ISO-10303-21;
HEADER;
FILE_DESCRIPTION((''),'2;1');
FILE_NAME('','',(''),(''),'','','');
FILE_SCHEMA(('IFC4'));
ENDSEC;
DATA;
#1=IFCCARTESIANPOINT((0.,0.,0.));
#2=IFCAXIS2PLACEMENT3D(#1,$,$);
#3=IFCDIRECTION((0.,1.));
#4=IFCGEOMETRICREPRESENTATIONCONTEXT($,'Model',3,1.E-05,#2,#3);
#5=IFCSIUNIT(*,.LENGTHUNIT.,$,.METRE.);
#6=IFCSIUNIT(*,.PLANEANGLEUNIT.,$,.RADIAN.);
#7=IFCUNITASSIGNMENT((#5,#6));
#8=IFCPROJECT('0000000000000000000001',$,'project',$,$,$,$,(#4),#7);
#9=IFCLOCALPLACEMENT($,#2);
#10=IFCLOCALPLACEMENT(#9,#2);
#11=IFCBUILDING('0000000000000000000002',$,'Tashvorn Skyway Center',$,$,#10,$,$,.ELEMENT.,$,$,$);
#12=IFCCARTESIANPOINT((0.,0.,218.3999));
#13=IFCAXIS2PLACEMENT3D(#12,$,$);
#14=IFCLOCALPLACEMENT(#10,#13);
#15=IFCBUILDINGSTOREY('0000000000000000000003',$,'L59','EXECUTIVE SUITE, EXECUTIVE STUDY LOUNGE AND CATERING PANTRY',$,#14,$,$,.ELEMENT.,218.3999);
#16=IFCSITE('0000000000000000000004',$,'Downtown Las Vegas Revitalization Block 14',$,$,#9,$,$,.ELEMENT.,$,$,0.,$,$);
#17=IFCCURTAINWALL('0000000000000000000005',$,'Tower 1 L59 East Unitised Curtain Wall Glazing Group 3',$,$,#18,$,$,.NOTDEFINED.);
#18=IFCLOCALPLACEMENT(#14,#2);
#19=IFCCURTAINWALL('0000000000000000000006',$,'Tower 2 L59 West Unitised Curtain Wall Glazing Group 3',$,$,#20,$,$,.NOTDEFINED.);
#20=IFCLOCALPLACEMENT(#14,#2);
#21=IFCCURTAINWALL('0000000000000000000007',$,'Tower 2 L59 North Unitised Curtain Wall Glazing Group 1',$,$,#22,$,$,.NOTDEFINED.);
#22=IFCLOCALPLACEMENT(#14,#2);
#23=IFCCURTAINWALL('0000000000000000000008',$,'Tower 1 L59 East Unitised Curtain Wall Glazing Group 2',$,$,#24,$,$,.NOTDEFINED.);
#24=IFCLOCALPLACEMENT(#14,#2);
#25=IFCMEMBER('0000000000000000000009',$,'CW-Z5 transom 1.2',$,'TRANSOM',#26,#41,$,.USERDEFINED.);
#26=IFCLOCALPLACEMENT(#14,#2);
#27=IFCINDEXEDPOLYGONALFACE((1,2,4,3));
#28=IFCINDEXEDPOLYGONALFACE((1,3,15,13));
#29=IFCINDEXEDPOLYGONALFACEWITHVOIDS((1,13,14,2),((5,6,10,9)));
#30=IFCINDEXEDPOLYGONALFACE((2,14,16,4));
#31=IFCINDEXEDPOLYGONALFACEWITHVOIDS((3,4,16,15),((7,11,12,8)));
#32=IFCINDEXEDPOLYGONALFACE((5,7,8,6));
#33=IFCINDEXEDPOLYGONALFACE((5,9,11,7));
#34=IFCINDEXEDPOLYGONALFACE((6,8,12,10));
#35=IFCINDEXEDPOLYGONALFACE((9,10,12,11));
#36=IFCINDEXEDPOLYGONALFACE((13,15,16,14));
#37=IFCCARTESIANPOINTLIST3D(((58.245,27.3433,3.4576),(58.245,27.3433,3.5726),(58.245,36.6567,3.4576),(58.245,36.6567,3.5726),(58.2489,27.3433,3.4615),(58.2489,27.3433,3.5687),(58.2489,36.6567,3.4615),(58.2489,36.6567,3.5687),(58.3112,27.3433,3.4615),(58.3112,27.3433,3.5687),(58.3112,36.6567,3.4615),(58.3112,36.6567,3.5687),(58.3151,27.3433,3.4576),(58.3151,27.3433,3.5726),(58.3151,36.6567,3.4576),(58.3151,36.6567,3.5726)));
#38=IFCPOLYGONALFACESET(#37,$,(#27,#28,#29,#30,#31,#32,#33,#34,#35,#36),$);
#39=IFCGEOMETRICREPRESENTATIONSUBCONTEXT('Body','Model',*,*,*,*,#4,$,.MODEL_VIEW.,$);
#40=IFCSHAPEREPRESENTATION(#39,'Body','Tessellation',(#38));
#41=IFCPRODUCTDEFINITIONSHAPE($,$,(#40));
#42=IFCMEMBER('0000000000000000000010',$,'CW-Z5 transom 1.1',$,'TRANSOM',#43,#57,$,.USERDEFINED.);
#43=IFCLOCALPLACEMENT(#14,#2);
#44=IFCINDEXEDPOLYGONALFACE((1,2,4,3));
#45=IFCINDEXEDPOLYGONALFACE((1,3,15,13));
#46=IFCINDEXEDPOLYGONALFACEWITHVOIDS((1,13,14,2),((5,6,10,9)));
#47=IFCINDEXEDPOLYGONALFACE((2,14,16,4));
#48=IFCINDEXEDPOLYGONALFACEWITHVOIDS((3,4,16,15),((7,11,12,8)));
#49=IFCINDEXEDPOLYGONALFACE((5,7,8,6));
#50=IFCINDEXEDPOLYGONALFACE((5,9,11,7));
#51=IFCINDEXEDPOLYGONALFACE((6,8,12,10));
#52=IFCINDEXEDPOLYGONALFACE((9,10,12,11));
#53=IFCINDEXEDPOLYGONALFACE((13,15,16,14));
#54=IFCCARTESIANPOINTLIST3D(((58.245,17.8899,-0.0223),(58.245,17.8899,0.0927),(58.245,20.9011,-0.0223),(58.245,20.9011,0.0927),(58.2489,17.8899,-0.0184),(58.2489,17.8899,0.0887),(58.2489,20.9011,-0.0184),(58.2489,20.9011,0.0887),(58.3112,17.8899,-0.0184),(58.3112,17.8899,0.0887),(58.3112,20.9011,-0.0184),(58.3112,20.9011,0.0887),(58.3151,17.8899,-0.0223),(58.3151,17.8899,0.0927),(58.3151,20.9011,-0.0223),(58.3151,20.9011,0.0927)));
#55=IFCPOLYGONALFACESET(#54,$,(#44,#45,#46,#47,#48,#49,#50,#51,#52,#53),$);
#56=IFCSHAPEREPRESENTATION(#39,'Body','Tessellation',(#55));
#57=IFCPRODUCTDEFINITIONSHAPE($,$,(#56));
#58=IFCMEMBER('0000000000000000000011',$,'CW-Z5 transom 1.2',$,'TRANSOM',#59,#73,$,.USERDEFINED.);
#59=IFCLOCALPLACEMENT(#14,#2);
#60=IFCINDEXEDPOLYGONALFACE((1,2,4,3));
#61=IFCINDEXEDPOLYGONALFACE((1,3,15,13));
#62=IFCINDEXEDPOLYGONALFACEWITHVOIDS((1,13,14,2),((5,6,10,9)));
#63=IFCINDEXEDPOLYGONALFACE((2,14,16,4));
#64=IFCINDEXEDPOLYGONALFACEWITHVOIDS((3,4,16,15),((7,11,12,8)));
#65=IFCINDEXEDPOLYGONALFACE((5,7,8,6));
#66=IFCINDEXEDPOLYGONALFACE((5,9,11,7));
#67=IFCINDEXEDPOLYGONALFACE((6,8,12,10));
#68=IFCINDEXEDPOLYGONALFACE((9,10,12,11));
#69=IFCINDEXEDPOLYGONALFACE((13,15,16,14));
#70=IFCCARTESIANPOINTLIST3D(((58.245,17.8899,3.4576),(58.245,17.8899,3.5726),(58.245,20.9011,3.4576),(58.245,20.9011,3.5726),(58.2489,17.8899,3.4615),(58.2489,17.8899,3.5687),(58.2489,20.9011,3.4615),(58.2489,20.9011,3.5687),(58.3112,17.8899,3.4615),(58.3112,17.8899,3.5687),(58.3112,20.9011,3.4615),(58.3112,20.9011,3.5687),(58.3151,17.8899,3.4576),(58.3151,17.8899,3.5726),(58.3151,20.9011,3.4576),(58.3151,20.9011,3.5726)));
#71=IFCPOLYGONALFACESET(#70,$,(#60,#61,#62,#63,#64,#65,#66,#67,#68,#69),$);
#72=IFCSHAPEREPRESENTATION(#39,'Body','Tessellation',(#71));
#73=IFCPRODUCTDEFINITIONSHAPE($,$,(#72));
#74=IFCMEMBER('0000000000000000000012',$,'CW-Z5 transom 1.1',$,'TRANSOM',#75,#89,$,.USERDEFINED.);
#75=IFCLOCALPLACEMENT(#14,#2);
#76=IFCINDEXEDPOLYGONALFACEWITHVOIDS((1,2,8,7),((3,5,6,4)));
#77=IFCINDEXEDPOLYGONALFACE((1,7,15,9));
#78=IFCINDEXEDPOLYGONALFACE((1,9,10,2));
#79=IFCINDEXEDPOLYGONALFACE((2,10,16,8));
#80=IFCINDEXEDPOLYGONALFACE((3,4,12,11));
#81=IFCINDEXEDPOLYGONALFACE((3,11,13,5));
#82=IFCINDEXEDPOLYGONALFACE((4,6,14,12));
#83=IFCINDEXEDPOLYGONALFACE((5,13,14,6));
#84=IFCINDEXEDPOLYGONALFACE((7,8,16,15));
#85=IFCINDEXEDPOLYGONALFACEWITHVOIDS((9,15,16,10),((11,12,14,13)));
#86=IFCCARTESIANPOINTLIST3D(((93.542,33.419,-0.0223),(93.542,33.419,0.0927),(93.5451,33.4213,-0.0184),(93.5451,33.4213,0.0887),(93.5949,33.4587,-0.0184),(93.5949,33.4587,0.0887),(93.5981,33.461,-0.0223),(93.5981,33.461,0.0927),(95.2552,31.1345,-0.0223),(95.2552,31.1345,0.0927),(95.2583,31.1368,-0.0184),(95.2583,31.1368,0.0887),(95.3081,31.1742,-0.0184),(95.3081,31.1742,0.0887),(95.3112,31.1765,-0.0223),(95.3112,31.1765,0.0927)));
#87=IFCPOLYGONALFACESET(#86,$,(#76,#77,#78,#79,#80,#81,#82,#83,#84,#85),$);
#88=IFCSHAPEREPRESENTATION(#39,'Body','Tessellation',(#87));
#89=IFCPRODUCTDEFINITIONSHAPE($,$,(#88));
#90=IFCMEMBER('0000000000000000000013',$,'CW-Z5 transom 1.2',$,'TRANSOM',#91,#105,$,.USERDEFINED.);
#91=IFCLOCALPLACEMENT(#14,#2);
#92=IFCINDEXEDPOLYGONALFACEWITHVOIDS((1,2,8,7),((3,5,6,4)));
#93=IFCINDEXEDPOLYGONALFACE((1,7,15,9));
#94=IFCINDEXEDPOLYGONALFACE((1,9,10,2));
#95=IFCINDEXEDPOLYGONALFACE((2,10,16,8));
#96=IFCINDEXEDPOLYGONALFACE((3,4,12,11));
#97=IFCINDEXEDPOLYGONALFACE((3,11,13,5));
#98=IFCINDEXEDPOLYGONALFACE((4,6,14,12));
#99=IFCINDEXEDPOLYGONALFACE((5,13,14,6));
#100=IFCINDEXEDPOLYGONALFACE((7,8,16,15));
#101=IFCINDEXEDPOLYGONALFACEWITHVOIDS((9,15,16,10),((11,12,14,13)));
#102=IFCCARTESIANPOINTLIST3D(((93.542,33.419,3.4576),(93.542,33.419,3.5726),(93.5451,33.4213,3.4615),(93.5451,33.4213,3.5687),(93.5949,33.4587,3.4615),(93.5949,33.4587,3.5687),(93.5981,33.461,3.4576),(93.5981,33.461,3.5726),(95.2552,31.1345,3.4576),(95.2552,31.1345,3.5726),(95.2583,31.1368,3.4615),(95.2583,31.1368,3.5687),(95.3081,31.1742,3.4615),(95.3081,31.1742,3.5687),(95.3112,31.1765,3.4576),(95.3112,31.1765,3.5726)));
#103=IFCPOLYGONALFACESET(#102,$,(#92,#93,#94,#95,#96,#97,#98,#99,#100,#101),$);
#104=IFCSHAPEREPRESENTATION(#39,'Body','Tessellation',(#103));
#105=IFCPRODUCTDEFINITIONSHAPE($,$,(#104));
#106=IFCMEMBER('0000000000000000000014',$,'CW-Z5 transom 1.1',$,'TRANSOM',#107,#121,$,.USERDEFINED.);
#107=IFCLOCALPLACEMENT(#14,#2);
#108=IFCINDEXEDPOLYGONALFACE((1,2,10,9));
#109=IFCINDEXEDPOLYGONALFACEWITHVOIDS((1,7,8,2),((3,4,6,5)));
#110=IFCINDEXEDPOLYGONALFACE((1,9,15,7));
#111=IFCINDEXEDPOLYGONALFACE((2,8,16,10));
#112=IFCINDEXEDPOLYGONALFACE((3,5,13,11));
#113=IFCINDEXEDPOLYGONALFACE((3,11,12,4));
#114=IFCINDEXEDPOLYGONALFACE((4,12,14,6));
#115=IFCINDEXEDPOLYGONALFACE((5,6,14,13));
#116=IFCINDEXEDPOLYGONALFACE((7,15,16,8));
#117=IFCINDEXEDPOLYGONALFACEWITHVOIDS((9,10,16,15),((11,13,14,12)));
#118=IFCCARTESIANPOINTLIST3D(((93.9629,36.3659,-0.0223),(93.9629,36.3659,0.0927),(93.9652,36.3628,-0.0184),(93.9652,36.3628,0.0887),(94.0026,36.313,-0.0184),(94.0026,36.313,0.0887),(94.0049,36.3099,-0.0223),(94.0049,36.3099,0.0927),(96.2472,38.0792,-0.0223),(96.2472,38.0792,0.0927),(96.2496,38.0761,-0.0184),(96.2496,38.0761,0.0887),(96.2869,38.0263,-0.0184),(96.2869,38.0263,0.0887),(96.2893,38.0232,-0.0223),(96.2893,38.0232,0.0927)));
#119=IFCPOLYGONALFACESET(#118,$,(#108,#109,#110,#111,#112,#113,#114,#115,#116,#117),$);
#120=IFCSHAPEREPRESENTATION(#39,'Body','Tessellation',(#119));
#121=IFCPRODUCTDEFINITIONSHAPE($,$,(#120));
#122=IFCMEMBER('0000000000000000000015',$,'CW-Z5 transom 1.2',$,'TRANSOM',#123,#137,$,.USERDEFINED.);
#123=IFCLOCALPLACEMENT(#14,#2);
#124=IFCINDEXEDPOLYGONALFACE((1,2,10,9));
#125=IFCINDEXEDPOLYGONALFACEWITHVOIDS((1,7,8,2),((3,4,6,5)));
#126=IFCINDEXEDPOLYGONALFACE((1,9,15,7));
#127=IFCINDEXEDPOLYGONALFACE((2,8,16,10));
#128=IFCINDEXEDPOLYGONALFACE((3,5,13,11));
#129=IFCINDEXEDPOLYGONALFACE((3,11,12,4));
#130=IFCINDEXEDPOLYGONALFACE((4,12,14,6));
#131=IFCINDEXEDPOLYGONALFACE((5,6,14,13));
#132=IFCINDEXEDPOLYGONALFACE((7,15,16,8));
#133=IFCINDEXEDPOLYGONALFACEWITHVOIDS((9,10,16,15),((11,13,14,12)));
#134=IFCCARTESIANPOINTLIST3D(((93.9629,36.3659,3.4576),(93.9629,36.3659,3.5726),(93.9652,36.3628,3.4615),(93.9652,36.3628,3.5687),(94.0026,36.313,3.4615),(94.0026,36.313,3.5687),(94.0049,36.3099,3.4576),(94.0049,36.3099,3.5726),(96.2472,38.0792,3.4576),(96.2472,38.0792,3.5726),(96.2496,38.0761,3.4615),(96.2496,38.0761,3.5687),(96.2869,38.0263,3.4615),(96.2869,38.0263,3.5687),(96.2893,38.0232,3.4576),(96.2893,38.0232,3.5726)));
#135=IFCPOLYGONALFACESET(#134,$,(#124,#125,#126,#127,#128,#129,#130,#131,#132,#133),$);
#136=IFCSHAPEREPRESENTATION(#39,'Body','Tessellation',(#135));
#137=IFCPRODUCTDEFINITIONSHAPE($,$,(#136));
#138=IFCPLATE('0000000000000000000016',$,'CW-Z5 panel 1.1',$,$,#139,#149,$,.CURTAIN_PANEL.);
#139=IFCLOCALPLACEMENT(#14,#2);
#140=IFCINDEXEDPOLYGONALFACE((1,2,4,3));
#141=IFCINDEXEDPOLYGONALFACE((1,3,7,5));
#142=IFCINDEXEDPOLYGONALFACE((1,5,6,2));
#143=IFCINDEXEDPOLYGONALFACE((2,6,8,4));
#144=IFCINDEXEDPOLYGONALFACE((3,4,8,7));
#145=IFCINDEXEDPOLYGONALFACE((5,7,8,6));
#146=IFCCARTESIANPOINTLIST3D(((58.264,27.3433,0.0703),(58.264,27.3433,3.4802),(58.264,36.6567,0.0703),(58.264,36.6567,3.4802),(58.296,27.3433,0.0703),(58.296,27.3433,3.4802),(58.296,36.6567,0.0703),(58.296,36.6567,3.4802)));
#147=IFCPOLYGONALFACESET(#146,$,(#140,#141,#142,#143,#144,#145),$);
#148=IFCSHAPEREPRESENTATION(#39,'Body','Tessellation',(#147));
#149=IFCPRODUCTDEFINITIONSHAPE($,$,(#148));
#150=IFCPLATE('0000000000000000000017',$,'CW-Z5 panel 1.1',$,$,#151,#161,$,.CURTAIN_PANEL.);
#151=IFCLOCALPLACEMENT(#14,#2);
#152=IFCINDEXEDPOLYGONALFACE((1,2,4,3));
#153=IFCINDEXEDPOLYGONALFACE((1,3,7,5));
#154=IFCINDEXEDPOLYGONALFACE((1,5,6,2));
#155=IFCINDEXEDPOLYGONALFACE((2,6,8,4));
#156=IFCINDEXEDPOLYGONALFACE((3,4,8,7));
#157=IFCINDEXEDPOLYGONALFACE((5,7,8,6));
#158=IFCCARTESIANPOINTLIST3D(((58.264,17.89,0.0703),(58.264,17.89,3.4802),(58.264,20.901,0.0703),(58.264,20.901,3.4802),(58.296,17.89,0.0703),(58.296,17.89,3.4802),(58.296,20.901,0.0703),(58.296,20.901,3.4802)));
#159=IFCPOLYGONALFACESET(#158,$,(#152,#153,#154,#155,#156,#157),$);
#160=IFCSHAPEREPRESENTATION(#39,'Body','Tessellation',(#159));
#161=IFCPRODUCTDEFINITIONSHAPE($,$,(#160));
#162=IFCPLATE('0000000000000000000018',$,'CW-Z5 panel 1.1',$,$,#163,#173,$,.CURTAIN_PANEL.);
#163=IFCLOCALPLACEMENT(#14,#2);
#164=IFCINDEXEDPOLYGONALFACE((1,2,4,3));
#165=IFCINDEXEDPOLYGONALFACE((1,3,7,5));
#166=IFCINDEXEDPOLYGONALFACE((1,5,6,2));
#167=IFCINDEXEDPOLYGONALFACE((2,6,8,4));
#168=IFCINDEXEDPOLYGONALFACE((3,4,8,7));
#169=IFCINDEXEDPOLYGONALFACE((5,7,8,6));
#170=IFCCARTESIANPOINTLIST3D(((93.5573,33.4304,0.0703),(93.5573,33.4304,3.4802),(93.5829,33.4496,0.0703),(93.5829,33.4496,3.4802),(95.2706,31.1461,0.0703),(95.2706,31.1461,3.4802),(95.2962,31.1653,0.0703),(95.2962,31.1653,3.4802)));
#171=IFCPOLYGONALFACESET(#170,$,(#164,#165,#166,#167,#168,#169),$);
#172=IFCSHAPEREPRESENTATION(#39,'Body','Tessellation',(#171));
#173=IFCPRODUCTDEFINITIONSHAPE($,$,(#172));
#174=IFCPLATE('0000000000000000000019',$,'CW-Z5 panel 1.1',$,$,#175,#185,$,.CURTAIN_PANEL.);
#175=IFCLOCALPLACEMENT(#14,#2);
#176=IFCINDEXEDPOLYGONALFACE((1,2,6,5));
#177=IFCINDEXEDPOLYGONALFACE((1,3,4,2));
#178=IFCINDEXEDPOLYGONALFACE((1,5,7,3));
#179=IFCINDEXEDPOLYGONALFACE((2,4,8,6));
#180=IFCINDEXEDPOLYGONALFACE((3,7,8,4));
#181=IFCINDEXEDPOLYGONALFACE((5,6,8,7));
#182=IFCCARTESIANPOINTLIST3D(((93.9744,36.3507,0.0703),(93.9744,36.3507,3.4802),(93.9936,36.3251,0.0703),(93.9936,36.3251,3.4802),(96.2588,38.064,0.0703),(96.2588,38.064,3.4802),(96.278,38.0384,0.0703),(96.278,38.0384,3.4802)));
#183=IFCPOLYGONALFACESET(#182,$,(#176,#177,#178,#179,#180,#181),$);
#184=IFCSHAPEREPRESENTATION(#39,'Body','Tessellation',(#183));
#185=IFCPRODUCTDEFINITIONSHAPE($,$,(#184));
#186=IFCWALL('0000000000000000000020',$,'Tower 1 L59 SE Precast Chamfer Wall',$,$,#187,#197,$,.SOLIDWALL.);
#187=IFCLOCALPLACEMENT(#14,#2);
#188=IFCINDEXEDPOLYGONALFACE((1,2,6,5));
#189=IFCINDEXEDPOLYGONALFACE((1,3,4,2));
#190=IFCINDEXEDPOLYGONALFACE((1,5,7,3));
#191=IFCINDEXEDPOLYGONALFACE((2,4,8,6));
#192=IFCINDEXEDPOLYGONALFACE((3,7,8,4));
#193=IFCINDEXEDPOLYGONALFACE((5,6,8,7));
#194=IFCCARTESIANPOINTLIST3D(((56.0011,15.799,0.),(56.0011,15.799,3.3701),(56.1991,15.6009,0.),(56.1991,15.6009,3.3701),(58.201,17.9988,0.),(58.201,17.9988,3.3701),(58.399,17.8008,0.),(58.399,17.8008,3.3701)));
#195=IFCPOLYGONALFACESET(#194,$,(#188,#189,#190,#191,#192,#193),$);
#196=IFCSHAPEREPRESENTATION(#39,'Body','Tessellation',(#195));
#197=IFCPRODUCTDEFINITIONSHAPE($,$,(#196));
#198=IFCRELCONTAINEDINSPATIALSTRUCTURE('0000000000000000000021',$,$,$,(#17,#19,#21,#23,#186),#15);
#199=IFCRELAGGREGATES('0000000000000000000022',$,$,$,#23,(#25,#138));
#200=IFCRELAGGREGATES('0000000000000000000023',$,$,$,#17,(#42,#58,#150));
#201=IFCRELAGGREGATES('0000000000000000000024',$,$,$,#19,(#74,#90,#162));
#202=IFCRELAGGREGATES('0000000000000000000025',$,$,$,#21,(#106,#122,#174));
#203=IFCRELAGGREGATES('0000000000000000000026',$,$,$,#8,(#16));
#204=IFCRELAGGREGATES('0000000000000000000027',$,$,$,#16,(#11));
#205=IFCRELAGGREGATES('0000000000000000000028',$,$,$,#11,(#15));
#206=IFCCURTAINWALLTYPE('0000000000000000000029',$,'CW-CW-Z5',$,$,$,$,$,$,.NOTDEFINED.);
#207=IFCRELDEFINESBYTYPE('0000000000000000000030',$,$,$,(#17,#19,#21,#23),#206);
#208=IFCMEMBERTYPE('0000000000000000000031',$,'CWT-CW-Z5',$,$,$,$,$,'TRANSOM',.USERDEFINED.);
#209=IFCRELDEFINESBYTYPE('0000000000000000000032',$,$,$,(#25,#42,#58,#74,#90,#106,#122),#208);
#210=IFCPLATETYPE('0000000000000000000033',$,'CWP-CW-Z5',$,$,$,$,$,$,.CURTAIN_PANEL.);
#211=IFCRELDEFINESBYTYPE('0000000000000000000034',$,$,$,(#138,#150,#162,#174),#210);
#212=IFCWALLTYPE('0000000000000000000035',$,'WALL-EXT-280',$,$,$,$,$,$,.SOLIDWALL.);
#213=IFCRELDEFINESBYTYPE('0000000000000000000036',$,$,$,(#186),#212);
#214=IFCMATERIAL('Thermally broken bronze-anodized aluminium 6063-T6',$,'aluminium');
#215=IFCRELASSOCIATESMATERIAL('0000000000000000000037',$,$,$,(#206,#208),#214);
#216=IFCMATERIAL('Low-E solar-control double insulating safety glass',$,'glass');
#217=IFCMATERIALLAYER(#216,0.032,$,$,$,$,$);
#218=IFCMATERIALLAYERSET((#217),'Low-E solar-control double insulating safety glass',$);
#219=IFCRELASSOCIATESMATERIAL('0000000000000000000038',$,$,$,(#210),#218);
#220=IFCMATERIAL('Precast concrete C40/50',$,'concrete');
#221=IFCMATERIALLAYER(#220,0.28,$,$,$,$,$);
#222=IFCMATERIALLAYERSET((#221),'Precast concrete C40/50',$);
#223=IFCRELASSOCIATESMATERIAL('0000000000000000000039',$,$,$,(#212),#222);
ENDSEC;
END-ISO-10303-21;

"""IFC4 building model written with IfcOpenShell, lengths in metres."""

from ifc_helpers import new_model, si_unit, direction, frame, frame_2d, origin, origin_2d, place, context, subcontext, project, spatial, rectangle, hollow_rectangle, extrude, material, layer, layer_set, material_profile, profile_set, type_object, element, aggregate, save


model = new_model("IFC4")

# Units and contexts
model_context = context("Model", 3, precision=1e-05, world=origin(), true_north=direction((0.0, 1.0)))
body_context = subcontext(model_context, "Body", "Model", "MODEL_VIEW")
ifc_project = project(units=[si_unit("LENGTHUNIT", "METRE"), si_unit("PLANEANGLEUNIT", "RADIAN")], contexts=[model_context])

# Site, building, storey
site_placement = place(None, origin())
site = spatial("IfcSite", under=ifc_project, at=site_placement, Name="Downtown Las Vegas Revitalization Block 14", CompositionType="ELEMENT", RefElevation=0.0)
building_placement = place(site_placement, origin())
building = spatial("IfcBuilding", under=site, at=building_placement, Name="Tashvorn Skyway Center", CompositionType="ELEMENT")
storey_placement = place(building_placement, frame((0.0, 0.0, 218.3999)))
storey = spatial("IfcBuildingStorey", under=building, at=storey_placement, Name="L59", Description="EXECUTIVE SUITE, EXECUTIVE STUDY LOUNGE AND CATERING PANTRY", CompositionType="ELEMENT", Elevation=218.3999)

# Curtain walls, member
ifc_material_1 = material(Name="Thermally broken bronze-anodized aluminium 6063-T6", Category="aluminium")
curtain_wall_type = type_object("IfcCurtainWallType", Name="CW-CW-Z5", PredefinedType="NOTDEFINED", material=ifc_material_1)
curtain_wall_1_placement = place(storey_placement, origin())
curtain_wall_1 = element("IfcCurtainWall", 1, at=curtain_wall_1_placement, inside=storey, type_object=curtain_wall_type, Name="Tower 1 L59 East Unitised Curtain Wall Glazing Group 3", PredefinedType="NOTDEFINED")
curtain_wall_2_placement = place(storey_placement, origin())
curtain_wall_2 = element("IfcCurtainWall", 2, at=curtain_wall_2_placement, inside=storey, type_object=curtain_wall_type, Name="Tower 2 L59 West Unitised Curtain Wall Glazing Group 3", PredefinedType="NOTDEFINED")
curtain_wall_3_placement = place(storey_placement, origin())
curtain_wall_3 = element("IfcCurtainWall", 3, at=curtain_wall_3_placement, inside=storey, type_object=curtain_wall_type, Name="Tower 2 L59 North Unitised Curtain Wall Glazing Group 1", PredefinedType="NOTDEFINED")
curtain_wall_4_placement = place(storey_placement, origin())
curtain_wall_4 = element("IfcCurtainWall", 4, at=curtain_wall_4_placement, inside=storey, type_object=curtain_wall_type, Name="Tower 1 L59 East Unitised Curtain Wall Glazing Group 2", PredefinedType="NOTDEFINED")
ifc_material_profile_1 = material_profile(ifc_material_1, hollow_rectangle(XDim=0.0701, YDim=0.115, WallThickness=0.0039, at=origin_2d()), Name="ALU-TRAN-70x115")
ifc_profile_set_1 = profile_set([ifc_material_profile_1], Name="Thermally broken bronze-anodized aluminium 6063-T6")
member_type_1 = type_object("IfcMemberType", Name="CWT-CW-Z5", ElementType="TRANSOM", PredefinedType="USERDEFINED", material=ifc_profile_set_1)
member_1_placement = place(storey_placement, frame((58.28, 36.6567, 3.5151), z_axis=(0.0, -1.0, 0.0), x_axis=(1.0, 0.0, 0.0)))
member_1 = element("IfcMember", 5, at=member_1_placement, type_object=member_type_1, Name="CW-Z5 transom 1.2", ObjectType="TRANSOM", PredefinedType="USERDEFINED", context=body_context, shape_type="SweptSolid", body=[
    extrude(hollow_rectangle(XDim=0.0701, YDim=0.115, WallThickness=0.0039, at=origin_2d()), origin(), (0.0, 0.0, 1.0), 9.3135),
])

# Members
member_2_placement = place(storey_placement, frame((58.28, 20.9011, 0.0352), z_axis=(0.0, -1.0, 0.0), x_axis=(1.0, 0.0, 0.0)))
member_2 = element("IfcMember", 6, at=member_2_placement, type_object=member_type_1, Name="CW-Z5 transom 1.1", ObjectType="TRANSOM", PredefinedType="USERDEFINED", context=body_context, shape_type="SweptSolid", body=[
    extrude(hollow_rectangle(XDim=0.0701, YDim=0.115, WallThickness=0.0039, at=origin_2d()), origin(), (0.0, 0.0, 1.0), 3.0112),
])
member_3_placement = place(storey_placement, frame((58.28, 20.9011, 3.5151), z_axis=(0.0, -1.0, 0.0), x_axis=(1.0, 0.0, 0.0)))
member_3 = element("IfcMember", 7, at=member_3_placement, type_object=member_type_1, Name="CW-Z5 transom 1.2", ObjectType="TRANSOM", PredefinedType="USERDEFINED", context=body_context, shape_type="SweptSolid", body=[
    extrude(hollow_rectangle(XDim=0.0701, YDim=0.115, WallThickness=0.0039, at=origin_2d()), origin(), (0.0, 0.0, 1.0), 3.0112),
])
member_4_placement = place(storey_placement, frame((95.2832, 31.1555, 0.0352), z_axis=(-0.599959, 0.800031, 0.0), x_axis=(-0.800031, -0.599959, 0.0)))
member_4 = element("IfcMember", 8, at=member_4_placement, type_object=member_type_1, Name="CW-Z5 transom 1.1", ObjectType="TRANSOM", PredefinedType="USERDEFINED", context=body_context, shape_type="SweptSolid", body=[
    extrude(hollow_rectangle(XDim=0.0701, YDim=0.115, WallThickness=0.0039, at=origin_2d()), origin(), (0.0, 0.0, 1.0), 2.8555),
])
member_5_placement = place(storey_placement, frame((95.2832, 31.1555, 3.5151), z_axis=(-0.599959, 0.800031, 0.0), x_axis=(-0.800031, -0.599959, 0.0)))
member_5 = element("IfcMember", 9, at=member_5_placement, type_object=member_type_1, Name="CW-Z5 transom 1.2", ObjectType="TRANSOM", PredefinedType="USERDEFINED", context=body_context, shape_type="SweptSolid", body=[
    extrude(hollow_rectangle(XDim=0.0701, YDim=0.115, WallThickness=0.0039, at=origin_2d()), origin(), (0.0, 0.0, 1.0), 2.8555),
])
member_6_placement = place(storey_placement, frame((93.9839, 36.3379, 0.0352), z_axis=(0.79999, 0.600014, 0.0), x_axis=(-0.600014, 0.79999, 0.0)))
member_6 = element("IfcMember", 10, at=member_6_placement, type_object=member_type_1, Name="CW-Z5 transom 1.1", ObjectType="TRANSOM", PredefinedType="USERDEFINED", context=body_context, shape_type="SweptSolid", body=[
    extrude(hollow_rectangle(XDim=0.0701, YDim=0.115, WallThickness=0.0039, at=origin_2d()), origin(), (0.0, 0.0, 1.0), 2.8555),
])
member_7_placement = place(storey_placement, frame((93.9839, 36.3379, 3.5151), z_axis=(0.79999, 0.600014, 0.0), x_axis=(-0.600014, 0.79999, 0.0)))
member_7 = element("IfcMember", 11, at=member_7_placement, type_object=member_type_1, Name="CW-Z5 transom 1.2", ObjectType="TRANSOM", PredefinedType="USERDEFINED", context=body_context, shape_type="SweptSolid", body=[
    extrude(hollow_rectangle(XDim=0.0701, YDim=0.115, WallThickness=0.0039, at=origin_2d()), origin(), (0.0, 0.0, 1.0), 2.8555),
])

# Plates
ifc_material_2 = material(Name="Low-E solar-control double insulating safety glass", Category="glass")
ifc_layer_1 = layer(ifc_material_2, 0.032)
ifc_layer_set_1 = layer_set([ifc_layer_1], Name="Low-E solar-control double insulating safety glass")
plate_type = type_object("IfcPlateType", Name="CWP-CW-Z5", PredefinedType="CURTAIN_PANEL", material=ifc_layer_set_1)
plate_1_placement = place(storey_placement, frame((58.28, 32.0, 0.0703), z_axis=(0.0, 0.0, 1.0), x_axis=(0.0, -1.0, 0.0)))
plate_1 = element("IfcPlate", 12, at=plate_1_placement, type_object=plate_type, Name="CW-Z5 panel 1.1", PredefinedType="CURTAIN_PANEL", context=body_context, shape_type="SweptSolid", body=[
    extrude(rectangle(XDim=9.3135, YDim=0.032, at=origin_2d()), origin(), (0.0, 0.0, 1.0), 3.4099),
])
aggregate(curtain_wall_4, [member_1, plate_1])
plate_2_placement = place(storey_placement, frame((58.28, 19.3955, 0.0703), z_axis=(0.0, 0.0, 1.0), x_axis=(0.0, -1.0, 0.0)))
plate_2 = element("IfcPlate", 13, at=plate_2_placement, type_object=plate_type, Name="CW-Z5 panel 1.1", PredefinedType="CURTAIN_PANEL", context=body_context, shape_type="SweptSolid", body=[
    extrude(rectangle(XDim=3.011, YDim=0.032, at=origin_2d()), origin(), (0.0, 0.0, 1.0), 3.4099),
])
aggregate(curtain_wall_1, [member_2, member_3, plate_2])
plate_3_placement = place(storey_placement, frame((94.4268, 32.2979, 0.0703), z_axis=(0.0, 0.0, 1.0), x_axis=(-0.6, 0.8, 0.0)))
plate_3 = element("IfcPlate", 14, at=plate_3_placement, type_object=plate_type, Name="CW-Z5 panel 1.1", PredefinedType="CURTAIN_PANEL", context=body_context, shape_type="SweptSolid", body=[
    extrude(rectangle(XDim=2.8555, YDim=0.032, at=origin_2d()), origin(), (0.0, 0.0, 1.0), 3.4099),
])
aggregate(curtain_wall_2, [member_4, member_5, plate_3])
plate_4_placement = place(storey_placement, frame((95.1262, 37.1946, 0.0703), z_axis=(0.0, 0.0, 1.0), x_axis=(0.8, 0.6, 0.0)))
plate_4 = element("IfcPlate", 15, at=plate_4_placement, type_object=plate_type, Name="CW-Z5 panel 1.1", PredefinedType="CURTAIN_PANEL", context=body_context, shape_type="SweptSolid", body=[
    extrude(rectangle(XDim=2.8555, YDim=0.032, at=origin_2d()), origin(), (0.0, 0.0, 1.0), 3.4099),
])
aggregate(curtain_wall_3, [member_6, member_7, plate_4])

# Wall
ifc_material_3 = material(Name="Precast concrete C40/50", Category="concrete")
ifc_layer_2 = layer(ifc_material_3, 0.28)
ifc_layer_set_2 = layer_set([ifc_layer_2], Name="Precast concrete C40/50")
wall_type_1 = type_object("IfcWallType", Name="WALL-EXT-280", PredefinedType="SOLIDWALL", material=ifc_layer_set_2)
wall_1_placement = place(storey_placement, frame((58.3, 17.8999, 0.0), z_axis=(0.0, 0.0, 1.0), x_axis=(-0.707107, -0.707107, 0.0)))
element("IfcWall", 16, at=wall_1_placement, inside=storey, type_object=wall_type_1, Name="Tower 1 L59 SE Precast Chamfer Wall", PredefinedType="SOLIDWALL", context=body_context, shape_type="SweptSolid", body=[
    extrude(rectangle(XDim=3.1111, YDim=0.28, at=frame_2d((1.5557, 0.0))), origin(), (0.0, 0.0, 1.0), 3.3701),
])

save(model, "model.ifc")
